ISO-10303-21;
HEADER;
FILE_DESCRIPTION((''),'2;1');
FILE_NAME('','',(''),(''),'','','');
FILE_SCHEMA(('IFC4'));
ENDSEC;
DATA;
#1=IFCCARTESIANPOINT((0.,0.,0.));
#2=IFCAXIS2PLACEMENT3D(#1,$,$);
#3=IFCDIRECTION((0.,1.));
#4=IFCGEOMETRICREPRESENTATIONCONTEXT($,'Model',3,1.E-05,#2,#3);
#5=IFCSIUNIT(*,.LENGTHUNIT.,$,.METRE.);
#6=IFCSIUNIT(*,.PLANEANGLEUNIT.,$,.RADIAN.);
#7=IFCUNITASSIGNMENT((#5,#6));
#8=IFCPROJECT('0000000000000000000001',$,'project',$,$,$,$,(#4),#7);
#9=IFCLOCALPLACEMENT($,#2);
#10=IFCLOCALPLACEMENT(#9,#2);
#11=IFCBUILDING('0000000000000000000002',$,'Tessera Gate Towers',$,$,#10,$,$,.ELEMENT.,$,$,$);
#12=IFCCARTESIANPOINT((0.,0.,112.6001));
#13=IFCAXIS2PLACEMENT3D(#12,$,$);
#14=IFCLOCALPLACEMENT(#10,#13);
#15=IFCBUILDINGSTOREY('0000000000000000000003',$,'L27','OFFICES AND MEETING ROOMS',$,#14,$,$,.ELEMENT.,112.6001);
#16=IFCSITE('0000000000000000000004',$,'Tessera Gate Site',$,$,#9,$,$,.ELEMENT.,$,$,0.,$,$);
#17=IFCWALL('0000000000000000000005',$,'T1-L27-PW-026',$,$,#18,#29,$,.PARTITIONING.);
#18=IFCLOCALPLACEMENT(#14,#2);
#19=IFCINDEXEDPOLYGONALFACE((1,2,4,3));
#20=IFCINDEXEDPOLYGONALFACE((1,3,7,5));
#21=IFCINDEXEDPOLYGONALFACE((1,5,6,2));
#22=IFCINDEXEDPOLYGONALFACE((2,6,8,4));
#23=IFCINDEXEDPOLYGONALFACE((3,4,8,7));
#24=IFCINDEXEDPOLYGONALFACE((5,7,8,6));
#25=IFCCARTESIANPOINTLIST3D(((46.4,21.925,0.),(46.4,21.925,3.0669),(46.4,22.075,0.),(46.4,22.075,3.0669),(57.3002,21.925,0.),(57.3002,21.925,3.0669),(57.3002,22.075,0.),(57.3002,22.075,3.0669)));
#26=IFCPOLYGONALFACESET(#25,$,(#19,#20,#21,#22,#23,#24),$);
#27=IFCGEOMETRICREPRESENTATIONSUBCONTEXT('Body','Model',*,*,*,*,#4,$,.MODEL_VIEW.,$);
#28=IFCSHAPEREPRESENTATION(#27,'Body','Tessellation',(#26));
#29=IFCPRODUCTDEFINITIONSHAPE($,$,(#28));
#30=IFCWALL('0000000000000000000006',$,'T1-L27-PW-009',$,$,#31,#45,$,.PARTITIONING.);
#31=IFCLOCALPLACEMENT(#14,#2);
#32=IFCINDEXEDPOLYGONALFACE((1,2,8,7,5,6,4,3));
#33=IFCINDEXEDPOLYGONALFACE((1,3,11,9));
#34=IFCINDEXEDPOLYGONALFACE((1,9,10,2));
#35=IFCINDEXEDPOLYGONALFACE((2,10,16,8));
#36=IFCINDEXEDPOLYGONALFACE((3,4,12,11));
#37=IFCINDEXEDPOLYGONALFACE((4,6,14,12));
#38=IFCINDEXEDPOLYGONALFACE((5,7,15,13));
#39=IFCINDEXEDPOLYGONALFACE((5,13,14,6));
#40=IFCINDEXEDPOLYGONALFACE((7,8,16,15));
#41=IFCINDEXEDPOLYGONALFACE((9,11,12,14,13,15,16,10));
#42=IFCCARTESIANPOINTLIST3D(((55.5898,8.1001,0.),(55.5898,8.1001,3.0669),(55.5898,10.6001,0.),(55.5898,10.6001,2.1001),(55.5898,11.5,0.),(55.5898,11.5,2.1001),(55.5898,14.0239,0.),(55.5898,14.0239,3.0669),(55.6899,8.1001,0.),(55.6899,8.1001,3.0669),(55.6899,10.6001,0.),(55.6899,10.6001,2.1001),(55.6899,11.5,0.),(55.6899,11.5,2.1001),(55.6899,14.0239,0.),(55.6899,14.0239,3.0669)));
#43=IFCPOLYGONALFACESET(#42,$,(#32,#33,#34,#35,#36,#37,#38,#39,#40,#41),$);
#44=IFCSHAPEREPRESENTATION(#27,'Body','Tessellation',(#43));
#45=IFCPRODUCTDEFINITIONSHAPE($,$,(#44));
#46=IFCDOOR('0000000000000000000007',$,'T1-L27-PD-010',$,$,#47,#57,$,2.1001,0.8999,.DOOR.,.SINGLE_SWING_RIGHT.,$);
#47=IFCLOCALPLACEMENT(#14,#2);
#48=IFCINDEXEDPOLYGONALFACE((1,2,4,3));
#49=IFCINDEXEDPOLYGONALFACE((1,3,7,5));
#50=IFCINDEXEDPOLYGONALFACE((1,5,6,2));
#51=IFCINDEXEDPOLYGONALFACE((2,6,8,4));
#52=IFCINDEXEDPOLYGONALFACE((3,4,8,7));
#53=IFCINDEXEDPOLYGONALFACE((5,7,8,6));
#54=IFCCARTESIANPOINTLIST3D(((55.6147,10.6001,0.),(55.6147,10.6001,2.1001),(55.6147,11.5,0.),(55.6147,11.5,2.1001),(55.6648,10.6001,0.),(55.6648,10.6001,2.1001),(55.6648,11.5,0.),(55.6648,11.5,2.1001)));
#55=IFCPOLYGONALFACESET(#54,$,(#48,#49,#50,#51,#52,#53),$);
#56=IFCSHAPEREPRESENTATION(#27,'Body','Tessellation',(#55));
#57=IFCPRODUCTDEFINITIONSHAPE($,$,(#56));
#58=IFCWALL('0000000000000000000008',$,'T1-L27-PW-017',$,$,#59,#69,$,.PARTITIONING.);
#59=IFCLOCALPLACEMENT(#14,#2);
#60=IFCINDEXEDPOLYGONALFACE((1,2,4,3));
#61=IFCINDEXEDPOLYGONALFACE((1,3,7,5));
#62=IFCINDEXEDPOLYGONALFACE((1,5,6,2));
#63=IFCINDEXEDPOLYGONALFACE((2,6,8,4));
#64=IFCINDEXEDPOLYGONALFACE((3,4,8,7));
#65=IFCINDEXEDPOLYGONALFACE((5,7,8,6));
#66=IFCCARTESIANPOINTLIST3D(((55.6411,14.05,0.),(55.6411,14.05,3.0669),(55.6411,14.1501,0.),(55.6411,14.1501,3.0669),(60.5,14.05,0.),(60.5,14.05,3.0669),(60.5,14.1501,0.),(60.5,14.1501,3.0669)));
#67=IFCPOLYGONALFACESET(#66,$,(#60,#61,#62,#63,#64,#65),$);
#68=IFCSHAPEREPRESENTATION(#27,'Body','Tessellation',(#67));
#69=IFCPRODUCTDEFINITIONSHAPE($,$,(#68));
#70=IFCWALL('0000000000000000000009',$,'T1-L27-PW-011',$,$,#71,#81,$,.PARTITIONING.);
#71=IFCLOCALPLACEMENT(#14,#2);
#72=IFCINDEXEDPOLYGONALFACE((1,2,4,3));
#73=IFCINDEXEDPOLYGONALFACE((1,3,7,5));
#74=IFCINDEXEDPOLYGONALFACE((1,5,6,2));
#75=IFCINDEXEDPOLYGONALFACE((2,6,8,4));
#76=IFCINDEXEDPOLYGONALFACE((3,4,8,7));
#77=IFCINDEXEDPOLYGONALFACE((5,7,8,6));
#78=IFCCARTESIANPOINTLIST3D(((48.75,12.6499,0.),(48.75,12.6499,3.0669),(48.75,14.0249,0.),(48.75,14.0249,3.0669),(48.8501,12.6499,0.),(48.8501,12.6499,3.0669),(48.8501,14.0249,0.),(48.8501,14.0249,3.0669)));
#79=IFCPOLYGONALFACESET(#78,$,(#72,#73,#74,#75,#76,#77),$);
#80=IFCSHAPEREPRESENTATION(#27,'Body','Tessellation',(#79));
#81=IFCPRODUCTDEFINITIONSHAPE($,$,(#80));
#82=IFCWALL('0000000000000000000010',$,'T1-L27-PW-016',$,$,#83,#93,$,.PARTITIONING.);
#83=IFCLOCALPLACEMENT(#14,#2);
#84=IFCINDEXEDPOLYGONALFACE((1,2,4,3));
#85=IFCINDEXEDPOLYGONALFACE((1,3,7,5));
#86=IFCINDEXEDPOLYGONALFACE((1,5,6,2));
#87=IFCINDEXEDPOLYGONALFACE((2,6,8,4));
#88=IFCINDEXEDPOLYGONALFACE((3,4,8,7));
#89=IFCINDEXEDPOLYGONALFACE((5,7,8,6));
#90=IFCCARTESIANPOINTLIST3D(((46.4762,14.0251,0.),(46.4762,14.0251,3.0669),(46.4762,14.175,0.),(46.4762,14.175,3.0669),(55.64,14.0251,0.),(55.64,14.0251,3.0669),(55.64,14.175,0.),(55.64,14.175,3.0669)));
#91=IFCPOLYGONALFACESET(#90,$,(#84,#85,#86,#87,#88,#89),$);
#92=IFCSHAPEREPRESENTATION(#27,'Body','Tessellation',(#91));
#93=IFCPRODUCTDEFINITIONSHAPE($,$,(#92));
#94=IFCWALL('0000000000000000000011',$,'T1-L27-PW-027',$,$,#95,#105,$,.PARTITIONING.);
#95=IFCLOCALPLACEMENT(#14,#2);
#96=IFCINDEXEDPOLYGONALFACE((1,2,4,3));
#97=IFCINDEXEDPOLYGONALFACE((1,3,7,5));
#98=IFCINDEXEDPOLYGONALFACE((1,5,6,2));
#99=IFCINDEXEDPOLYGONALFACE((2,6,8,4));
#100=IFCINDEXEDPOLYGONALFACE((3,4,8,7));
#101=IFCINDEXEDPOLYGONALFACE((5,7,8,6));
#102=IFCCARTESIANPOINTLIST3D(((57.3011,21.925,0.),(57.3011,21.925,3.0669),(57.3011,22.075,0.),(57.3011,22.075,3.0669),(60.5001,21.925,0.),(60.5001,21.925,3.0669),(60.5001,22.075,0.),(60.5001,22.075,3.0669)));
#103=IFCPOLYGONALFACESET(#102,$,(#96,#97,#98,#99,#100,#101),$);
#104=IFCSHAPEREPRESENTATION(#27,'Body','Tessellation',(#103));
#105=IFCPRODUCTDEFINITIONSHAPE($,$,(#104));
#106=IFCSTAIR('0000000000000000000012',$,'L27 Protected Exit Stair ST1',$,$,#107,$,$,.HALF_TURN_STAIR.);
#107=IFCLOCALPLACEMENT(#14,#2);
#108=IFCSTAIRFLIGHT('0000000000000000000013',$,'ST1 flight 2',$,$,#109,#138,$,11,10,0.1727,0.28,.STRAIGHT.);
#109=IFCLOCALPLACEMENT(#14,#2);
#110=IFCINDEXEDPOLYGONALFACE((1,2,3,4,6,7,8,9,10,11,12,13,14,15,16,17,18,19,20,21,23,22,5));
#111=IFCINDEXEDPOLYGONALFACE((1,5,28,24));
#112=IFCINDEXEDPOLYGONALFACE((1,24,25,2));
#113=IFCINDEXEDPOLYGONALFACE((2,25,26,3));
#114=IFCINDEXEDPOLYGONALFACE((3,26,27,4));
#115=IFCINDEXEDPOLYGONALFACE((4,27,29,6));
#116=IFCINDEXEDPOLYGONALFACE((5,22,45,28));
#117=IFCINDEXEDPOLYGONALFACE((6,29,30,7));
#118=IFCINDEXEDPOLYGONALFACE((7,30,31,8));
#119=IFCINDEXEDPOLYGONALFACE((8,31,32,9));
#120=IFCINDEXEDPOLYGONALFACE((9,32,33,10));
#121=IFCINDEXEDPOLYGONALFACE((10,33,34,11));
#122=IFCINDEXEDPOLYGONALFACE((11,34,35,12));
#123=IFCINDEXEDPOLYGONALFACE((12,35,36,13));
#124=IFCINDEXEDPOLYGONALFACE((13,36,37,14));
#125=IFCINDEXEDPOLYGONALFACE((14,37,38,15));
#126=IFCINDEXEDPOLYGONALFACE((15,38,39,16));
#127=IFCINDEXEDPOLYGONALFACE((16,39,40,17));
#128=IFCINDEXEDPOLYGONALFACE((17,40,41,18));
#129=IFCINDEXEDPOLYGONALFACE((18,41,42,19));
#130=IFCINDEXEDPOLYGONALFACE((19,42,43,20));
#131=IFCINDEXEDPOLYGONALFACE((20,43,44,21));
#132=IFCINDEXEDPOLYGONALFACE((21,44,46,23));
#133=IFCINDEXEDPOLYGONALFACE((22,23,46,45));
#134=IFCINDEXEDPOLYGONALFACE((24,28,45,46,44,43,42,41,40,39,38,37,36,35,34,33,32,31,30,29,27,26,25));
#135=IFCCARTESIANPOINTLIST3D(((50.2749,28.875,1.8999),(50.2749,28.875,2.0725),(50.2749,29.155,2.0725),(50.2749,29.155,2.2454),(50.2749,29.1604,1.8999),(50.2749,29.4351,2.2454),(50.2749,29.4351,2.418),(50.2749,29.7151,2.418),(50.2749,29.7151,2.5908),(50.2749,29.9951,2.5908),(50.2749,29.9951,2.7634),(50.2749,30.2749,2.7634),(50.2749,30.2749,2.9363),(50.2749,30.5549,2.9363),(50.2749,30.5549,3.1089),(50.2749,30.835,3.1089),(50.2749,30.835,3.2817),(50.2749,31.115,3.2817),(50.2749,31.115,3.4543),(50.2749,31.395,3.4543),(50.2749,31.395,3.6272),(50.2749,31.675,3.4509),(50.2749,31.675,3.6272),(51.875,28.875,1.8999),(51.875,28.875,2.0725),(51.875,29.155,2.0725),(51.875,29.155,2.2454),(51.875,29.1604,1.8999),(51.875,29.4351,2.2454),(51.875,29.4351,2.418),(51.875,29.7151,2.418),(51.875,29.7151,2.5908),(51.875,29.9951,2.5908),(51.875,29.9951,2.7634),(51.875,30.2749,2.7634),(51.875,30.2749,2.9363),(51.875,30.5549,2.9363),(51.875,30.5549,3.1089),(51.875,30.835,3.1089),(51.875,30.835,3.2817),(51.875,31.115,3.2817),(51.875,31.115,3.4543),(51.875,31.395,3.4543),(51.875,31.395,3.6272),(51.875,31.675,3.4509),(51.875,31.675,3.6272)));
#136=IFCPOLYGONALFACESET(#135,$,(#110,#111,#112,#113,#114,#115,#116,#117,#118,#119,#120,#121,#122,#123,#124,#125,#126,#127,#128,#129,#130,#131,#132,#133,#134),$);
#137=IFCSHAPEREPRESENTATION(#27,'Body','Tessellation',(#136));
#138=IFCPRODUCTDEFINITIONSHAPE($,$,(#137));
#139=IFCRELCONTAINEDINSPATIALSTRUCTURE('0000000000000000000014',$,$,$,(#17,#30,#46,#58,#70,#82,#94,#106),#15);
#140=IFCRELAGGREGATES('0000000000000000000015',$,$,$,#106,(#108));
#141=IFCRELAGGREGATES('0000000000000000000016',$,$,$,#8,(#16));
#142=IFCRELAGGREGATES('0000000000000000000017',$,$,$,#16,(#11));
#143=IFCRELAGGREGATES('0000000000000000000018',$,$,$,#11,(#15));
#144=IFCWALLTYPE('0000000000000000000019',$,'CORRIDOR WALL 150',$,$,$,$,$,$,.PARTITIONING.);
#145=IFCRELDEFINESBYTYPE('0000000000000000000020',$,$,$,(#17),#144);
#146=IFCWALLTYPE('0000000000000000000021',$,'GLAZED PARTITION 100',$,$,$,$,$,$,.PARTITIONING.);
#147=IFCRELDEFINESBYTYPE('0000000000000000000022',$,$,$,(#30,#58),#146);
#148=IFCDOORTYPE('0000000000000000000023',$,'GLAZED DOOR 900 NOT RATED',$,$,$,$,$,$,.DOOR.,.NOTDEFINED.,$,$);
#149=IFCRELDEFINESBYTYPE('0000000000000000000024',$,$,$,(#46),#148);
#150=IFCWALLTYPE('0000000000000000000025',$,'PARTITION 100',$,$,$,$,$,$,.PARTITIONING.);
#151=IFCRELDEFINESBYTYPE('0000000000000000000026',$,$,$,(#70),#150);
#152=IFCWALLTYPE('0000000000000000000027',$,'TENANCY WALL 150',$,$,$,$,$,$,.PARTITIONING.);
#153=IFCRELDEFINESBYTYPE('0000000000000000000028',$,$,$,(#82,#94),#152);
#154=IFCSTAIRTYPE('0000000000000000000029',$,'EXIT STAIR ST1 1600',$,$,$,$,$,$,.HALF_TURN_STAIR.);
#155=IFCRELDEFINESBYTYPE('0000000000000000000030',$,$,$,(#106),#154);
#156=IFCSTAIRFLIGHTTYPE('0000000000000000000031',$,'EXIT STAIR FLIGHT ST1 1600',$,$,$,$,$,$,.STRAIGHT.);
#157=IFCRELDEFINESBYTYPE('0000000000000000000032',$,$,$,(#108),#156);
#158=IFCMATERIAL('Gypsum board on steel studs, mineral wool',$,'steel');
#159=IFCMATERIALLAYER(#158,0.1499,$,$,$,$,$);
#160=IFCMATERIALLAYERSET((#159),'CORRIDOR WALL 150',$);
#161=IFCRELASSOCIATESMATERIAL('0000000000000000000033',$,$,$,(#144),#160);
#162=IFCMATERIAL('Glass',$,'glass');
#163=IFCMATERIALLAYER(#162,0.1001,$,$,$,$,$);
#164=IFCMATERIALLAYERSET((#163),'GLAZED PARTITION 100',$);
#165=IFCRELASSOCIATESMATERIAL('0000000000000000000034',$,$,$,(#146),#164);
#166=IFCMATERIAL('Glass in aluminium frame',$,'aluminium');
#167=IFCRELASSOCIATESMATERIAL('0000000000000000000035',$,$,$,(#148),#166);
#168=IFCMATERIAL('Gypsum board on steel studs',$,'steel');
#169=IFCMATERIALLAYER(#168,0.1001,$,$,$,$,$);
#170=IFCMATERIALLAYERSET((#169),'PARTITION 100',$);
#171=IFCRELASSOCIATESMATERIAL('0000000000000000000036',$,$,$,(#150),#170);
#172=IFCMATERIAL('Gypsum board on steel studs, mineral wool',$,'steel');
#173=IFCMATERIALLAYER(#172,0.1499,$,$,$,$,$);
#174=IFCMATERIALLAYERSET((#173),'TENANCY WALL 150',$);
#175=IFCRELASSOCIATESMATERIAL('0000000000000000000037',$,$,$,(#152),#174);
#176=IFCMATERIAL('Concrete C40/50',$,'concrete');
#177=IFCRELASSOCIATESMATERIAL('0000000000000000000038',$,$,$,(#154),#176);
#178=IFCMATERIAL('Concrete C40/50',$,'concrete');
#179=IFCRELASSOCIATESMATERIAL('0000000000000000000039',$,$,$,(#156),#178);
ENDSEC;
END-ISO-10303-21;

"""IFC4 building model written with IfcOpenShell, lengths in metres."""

from ifc_helpers import new_model, si_unit, direction, frame, frame_2d, origin, place, context, subcontext, project, spatial, polyline, rectangle, outline, extrude, source, transform, mapped, material, layer, layer_set, type_object, element, fill, aggregate, save


model = new_model("IFC4")

# Units and contexts
model_context = context("Model", 3, precision=1e-05, world=origin(), true_north=direction((0.0, 1.0)))
body_context = subcontext(model_context, "Body", "Model", "MODEL_VIEW")
ifc_project = project(units=[si_unit("LENGTHUNIT", "METRE"), si_unit("PLANEANGLEUNIT", "RADIAN")], contexts=[model_context])

# Site, building, storey
site_placement = place(None, origin())
site = spatial("IfcSite", under=ifc_project, at=site_placement, Name="Tessera Gate Site", CompositionType="ELEMENT", RefElevation=0.0)
building_placement = place(site_placement, origin())
building = spatial("IfcBuilding", under=site, at=building_placement, Name="Tessera Gate Towers", CompositionType="ELEMENT")
storey_placement = place(building_placement, frame((0.0, 0.0, 112.6001)))
storey = spatial("IfcBuildingStorey", under=building, at=storey_placement, Name="L27", Description="OFFICES AND MEETING ROOMS", CompositionType="ELEMENT", Elevation=112.6001)

# Shared definitions
ifc_material_1 = material(Name="Gypsum board on steel studs, mineral wool", Category="steel")
ifc_layer_1 = layer(ifc_material_1, 0.1499)
ifc_layer_set_1 = layer_set([ifc_layer_1], Name="CORRIDOR WALL 150")
wall_type_1 = type_object("IfcWallType", Name="CORRIDOR WALL 150", PredefinedType="PARTITIONING", material=ifc_layer_set_1)
shared_shape_1 = source(origin(), body_context, "Body", "SweptSolid", [
    extrude(rectangle(XDim=0.8999, YDim=2.1001, at=frame_2d((0.45, 1.05))), frame((0.0, 0.0249, 0.0), z_axis=(0.0, -1.0, 0.0), x_axis=(1.0, 0.0, 0.0)), (0.0, 0.0, 1.0), 0.05),
])

# Wall
wall_1_placement = place(storey_placement, frame((46.3999, 22.0, 0.0), z_axis=(0.0, 0.0, 1.0), x_axis=(1.0, 0.0, 0.0)))
element("IfcWall", 1, at=wall_1_placement, inside=storey, type_object=wall_type_1, Name="T1-L27-PW-026", PredefinedType="PARTITIONING", context=body_context, shape_type="SweptSolid", body=[
    extrude(rectangle(XDim=10.9001, YDim=0.1499, at=frame_2d((5.4502, 0.0))), origin(), (0.0, 0.0, 1.0), 3.0669),
])

# Wall, opening, door
ifc_material_2 = material(Name="Glass", Category="glass")
ifc_layer_2 = layer(ifc_material_2, 0.1001)
ifc_layer_set_2 = layer_set([ifc_layer_2], Name="GLAZED PARTITION 100")
wall_type_2 = type_object("IfcWallType", Name="GLAZED PARTITION 100", PredefinedType="PARTITIONING", material=ifc_layer_set_2)
wall_2_placement = place(storey_placement, frame((55.6399, 14.0239, 0.0), z_axis=(0.0, 0.0, 1.0), x_axis=(0.0, -1.0, 0.0)))
wall_2 = element("IfcWall", 2, at=wall_2_placement, inside=storey, type_object=wall_type_2, Name="T1-L27-PW-009", PredefinedType="PARTITIONING", context=body_context, shape_type="SweptSolid", body=[
    extrude(rectangle(XDim=5.9238, YDim=0.1001, at=frame_2d((2.9619, 0.0))), origin(), (0.0, 0.0, 1.0), 3.0669),
])
shared_shape_2 = source(origin(), body_context, "Body", "SweptSolid", [
    extrude(rectangle(XDim=0.8999, YDim=2.1001, at=frame_2d((0.45, 1.05))), frame((0.0, 0.0601, 0.0), z_axis=(0.0, -1.0, 0.0), x_axis=(1.0, 0.0, 0.0)), (0.0, 0.0, 1.0), 0.1201),
])
opening_1_placement = place(wall_2_placement, frame((2.5239, 0.0, 0.0)))
opening_1 = element("IfcOpeningElement", 3, at=opening_1_placement, cuts=wall_2, PredefinedType="OPENING", context=body_context, shape_type="MappedRepresentation", body=[
    mapped(shared_shape_2, transform((0.0, 0.0, 0.0), scale=1.0)),
])
ifc_material_3 = material(Name="Glass in aluminium frame", Category="aluminium")
door_type_1 = type_object("IfcDoorType", Name="GLAZED DOOR 900 NOT RATED", OperationType="NOTDEFINED", PredefinedType="DOOR", material=ifc_material_3)
door_1_placement = place(opening_1_placement, origin())
door_1 = element("IfcDoor", 4, at=door_1_placement, inside=storey, type_object=door_type_1, Name="T1-L27-PD-010", OperationType="SINGLE_SWING_RIGHT", OverallHeight=2.1001, OverallWidth=0.8999, PredefinedType="DOOR", context=body_context, shape_type="MappedRepresentation", body=[
    mapped(shared_shape_1, transform((0.0, 0.0, 0.0), scale=1.0)),
])
fill(opening_1, door_1)

# Walls
wall_3_placement = place(storey_placement, frame((55.6411, 14.1001, 0.0), z_axis=(0.0, 0.0, 1.0), x_axis=(1.0, 0.0, 0.0)))
element("IfcWall", 5, at=wall_3_placement, inside=storey, type_object=wall_type_2, Name="T1-L27-PW-017", PredefinedType="PARTITIONING", context=body_context, shape_type="SweptSolid", body=[
    extrude(rectangle(XDim=4.8589, YDim=0.1001, at=frame_2d((2.4294, 0.0))), origin(), (0.0, 0.0, 1.0), 3.0669),
])
ifc_material_4 = material(Name="Gypsum board on steel studs", Category="steel")
ifc_layer_3 = layer(ifc_material_4, 0.1001)
ifc_layer_set_3 = layer_set([ifc_layer_3], Name="PARTITION 100")
wall_type_3 = type_object("IfcWallType", Name="PARTITION 100", PredefinedType="PARTITIONING", material=ifc_layer_set_3)
wall_4_placement = place(storey_placement, frame((48.8, 12.6499, 0.0), z_axis=(0.0, 0.0, 1.0), x_axis=(0.0, 1.0, 0.0)))
element("IfcWall", 6, at=wall_4_placement, inside=storey, type_object=wall_type_3, Name="T1-L27-PW-011", PredefinedType="PARTITIONING", context=body_context, shape_type="SweptSolid", body=[
    extrude(rectangle(XDim=1.375, YDim=0.1001, at=frame_2d((0.6875, 0.0))), origin(), (0.0, 0.0, 1.0), 3.0669),
])
ifc_material_5 = material(Name="Gypsum board on steel studs, mineral wool", Category="steel")
ifc_layer_4 = layer(ifc_material_5, 0.1499)
ifc_layer_set_4 = layer_set([ifc_layer_4], Name="TENANCY WALL 150")
wall_type_4 = type_object("IfcWallType", Name="TENANCY WALL 150", PredefinedType="PARTITIONING", material=ifc_layer_set_4)
wall_5_placement = place(storey_placement, frame((46.4761, 14.1001, 0.0), z_axis=(0.0, 0.0, 1.0), x_axis=(1.0, 0.0, 0.0)))
element("IfcWall", 7, at=wall_5_placement, inside=storey, type_object=wall_type_4, Name="T1-L27-PW-016", PredefinedType="PARTITIONING", context=body_context, shape_type="SweptSolid", body=[
    extrude(rectangle(XDim=9.1638, YDim=0.1499, at=frame_2d((4.582, 0.0))), origin(), (0.0, 0.0, 1.0), 3.0669),
])
wall_6_placement = place(storey_placement, frame((57.301, 22.0, 0.0), z_axis=(0.0, 0.0, 1.0), x_axis=(1.0, 0.0, 0.0)))
element("IfcWall", 8, at=wall_6_placement, inside=storey, type_object=wall_type_4, Name="T1-L27-PW-027", PredefinedType="PARTITIONING", context=body_context, shape_type="SweptSolid", body=[
    extrude(rectangle(XDim=3.199, YDim=0.1499, at=frame_2d((1.5996, 0.0))), origin(), (0.0, 0.0, 1.0), 3.0669),
])

# Stair, stair flight
ifc_material_6 = material(Name="Concrete C40/50", Category="concrete")
stair_type = type_object("IfcStairType", Name="EXIT STAIR ST1 1600", PredefinedType="HALF_TURN_STAIR", material=ifc_material_6)
stair_placement = place(storey_placement, origin())
stair = element("IfcStair", 9, at=stair_placement, inside=storey, type_object=stair_type, Name="L27 Protected Exit Stair ST1", PredefinedType="HALF_TURN_STAIR")
ifc_material_7 = material(Name="Concrete C40/50", Category="concrete")
stair_flight_type = type_object("IfcStairFlightType", Name="EXIT STAIR FLIGHT ST1 1600", PredefinedType="STRAIGHT", material=ifc_material_7)
stair_flight_placement = place(storey_placement, frame((51.075, 28.875, 1.8999), z_axis=(0.0, 0.0, 1.0), x_axis=(0.0, 1.0, 0.0)))
stair_flight = element("IfcStairFlight", 10, at=stair_flight_placement, type_object=stair_flight_type, Name="ST1 flight 2", NumberOfRisers=11, NumberOfTreads=10, PredefinedType="STRAIGHT", RiserHeight=0.1727, TreadLength=0.28, context=body_context, shape_type="SweptSolid", body=[
    extrude(outline(polyline([(0.0, 0.0), (0.0, 0.1726), (0.28, 0.1726), (0.28, 0.3455), (0.5601, 0.3455), (0.5601, 0.5181), (0.8401, 0.5181), (0.8401, 0.6909), (1.1201, 0.6909), (1.1201, 0.8635), (1.3999, 0.8635), (1.3999, 1.0364), (1.6799, 1.0364), (1.6799, 1.209), (1.96, 1.209), (1.96, 1.3818), (2.24, 1.3818), (2.24, 1.5544), (2.52, 1.5544), (2.52, 1.7273), (2.8, 1.7273), (2.8, 1.8999), (2.8, 1.551), (0.2854, 0.0), (0.0, 0.0)])), frame((0.0, 0.8, 0.0), z_axis=(0.0, -1.0, 0.0), x_axis=(1.0, 0.0, 0.0)), (0.0, 0.0, 1.0), 1.6001),
])
aggregate(stair, [stair_flight])

save(model, "model.ifc")
